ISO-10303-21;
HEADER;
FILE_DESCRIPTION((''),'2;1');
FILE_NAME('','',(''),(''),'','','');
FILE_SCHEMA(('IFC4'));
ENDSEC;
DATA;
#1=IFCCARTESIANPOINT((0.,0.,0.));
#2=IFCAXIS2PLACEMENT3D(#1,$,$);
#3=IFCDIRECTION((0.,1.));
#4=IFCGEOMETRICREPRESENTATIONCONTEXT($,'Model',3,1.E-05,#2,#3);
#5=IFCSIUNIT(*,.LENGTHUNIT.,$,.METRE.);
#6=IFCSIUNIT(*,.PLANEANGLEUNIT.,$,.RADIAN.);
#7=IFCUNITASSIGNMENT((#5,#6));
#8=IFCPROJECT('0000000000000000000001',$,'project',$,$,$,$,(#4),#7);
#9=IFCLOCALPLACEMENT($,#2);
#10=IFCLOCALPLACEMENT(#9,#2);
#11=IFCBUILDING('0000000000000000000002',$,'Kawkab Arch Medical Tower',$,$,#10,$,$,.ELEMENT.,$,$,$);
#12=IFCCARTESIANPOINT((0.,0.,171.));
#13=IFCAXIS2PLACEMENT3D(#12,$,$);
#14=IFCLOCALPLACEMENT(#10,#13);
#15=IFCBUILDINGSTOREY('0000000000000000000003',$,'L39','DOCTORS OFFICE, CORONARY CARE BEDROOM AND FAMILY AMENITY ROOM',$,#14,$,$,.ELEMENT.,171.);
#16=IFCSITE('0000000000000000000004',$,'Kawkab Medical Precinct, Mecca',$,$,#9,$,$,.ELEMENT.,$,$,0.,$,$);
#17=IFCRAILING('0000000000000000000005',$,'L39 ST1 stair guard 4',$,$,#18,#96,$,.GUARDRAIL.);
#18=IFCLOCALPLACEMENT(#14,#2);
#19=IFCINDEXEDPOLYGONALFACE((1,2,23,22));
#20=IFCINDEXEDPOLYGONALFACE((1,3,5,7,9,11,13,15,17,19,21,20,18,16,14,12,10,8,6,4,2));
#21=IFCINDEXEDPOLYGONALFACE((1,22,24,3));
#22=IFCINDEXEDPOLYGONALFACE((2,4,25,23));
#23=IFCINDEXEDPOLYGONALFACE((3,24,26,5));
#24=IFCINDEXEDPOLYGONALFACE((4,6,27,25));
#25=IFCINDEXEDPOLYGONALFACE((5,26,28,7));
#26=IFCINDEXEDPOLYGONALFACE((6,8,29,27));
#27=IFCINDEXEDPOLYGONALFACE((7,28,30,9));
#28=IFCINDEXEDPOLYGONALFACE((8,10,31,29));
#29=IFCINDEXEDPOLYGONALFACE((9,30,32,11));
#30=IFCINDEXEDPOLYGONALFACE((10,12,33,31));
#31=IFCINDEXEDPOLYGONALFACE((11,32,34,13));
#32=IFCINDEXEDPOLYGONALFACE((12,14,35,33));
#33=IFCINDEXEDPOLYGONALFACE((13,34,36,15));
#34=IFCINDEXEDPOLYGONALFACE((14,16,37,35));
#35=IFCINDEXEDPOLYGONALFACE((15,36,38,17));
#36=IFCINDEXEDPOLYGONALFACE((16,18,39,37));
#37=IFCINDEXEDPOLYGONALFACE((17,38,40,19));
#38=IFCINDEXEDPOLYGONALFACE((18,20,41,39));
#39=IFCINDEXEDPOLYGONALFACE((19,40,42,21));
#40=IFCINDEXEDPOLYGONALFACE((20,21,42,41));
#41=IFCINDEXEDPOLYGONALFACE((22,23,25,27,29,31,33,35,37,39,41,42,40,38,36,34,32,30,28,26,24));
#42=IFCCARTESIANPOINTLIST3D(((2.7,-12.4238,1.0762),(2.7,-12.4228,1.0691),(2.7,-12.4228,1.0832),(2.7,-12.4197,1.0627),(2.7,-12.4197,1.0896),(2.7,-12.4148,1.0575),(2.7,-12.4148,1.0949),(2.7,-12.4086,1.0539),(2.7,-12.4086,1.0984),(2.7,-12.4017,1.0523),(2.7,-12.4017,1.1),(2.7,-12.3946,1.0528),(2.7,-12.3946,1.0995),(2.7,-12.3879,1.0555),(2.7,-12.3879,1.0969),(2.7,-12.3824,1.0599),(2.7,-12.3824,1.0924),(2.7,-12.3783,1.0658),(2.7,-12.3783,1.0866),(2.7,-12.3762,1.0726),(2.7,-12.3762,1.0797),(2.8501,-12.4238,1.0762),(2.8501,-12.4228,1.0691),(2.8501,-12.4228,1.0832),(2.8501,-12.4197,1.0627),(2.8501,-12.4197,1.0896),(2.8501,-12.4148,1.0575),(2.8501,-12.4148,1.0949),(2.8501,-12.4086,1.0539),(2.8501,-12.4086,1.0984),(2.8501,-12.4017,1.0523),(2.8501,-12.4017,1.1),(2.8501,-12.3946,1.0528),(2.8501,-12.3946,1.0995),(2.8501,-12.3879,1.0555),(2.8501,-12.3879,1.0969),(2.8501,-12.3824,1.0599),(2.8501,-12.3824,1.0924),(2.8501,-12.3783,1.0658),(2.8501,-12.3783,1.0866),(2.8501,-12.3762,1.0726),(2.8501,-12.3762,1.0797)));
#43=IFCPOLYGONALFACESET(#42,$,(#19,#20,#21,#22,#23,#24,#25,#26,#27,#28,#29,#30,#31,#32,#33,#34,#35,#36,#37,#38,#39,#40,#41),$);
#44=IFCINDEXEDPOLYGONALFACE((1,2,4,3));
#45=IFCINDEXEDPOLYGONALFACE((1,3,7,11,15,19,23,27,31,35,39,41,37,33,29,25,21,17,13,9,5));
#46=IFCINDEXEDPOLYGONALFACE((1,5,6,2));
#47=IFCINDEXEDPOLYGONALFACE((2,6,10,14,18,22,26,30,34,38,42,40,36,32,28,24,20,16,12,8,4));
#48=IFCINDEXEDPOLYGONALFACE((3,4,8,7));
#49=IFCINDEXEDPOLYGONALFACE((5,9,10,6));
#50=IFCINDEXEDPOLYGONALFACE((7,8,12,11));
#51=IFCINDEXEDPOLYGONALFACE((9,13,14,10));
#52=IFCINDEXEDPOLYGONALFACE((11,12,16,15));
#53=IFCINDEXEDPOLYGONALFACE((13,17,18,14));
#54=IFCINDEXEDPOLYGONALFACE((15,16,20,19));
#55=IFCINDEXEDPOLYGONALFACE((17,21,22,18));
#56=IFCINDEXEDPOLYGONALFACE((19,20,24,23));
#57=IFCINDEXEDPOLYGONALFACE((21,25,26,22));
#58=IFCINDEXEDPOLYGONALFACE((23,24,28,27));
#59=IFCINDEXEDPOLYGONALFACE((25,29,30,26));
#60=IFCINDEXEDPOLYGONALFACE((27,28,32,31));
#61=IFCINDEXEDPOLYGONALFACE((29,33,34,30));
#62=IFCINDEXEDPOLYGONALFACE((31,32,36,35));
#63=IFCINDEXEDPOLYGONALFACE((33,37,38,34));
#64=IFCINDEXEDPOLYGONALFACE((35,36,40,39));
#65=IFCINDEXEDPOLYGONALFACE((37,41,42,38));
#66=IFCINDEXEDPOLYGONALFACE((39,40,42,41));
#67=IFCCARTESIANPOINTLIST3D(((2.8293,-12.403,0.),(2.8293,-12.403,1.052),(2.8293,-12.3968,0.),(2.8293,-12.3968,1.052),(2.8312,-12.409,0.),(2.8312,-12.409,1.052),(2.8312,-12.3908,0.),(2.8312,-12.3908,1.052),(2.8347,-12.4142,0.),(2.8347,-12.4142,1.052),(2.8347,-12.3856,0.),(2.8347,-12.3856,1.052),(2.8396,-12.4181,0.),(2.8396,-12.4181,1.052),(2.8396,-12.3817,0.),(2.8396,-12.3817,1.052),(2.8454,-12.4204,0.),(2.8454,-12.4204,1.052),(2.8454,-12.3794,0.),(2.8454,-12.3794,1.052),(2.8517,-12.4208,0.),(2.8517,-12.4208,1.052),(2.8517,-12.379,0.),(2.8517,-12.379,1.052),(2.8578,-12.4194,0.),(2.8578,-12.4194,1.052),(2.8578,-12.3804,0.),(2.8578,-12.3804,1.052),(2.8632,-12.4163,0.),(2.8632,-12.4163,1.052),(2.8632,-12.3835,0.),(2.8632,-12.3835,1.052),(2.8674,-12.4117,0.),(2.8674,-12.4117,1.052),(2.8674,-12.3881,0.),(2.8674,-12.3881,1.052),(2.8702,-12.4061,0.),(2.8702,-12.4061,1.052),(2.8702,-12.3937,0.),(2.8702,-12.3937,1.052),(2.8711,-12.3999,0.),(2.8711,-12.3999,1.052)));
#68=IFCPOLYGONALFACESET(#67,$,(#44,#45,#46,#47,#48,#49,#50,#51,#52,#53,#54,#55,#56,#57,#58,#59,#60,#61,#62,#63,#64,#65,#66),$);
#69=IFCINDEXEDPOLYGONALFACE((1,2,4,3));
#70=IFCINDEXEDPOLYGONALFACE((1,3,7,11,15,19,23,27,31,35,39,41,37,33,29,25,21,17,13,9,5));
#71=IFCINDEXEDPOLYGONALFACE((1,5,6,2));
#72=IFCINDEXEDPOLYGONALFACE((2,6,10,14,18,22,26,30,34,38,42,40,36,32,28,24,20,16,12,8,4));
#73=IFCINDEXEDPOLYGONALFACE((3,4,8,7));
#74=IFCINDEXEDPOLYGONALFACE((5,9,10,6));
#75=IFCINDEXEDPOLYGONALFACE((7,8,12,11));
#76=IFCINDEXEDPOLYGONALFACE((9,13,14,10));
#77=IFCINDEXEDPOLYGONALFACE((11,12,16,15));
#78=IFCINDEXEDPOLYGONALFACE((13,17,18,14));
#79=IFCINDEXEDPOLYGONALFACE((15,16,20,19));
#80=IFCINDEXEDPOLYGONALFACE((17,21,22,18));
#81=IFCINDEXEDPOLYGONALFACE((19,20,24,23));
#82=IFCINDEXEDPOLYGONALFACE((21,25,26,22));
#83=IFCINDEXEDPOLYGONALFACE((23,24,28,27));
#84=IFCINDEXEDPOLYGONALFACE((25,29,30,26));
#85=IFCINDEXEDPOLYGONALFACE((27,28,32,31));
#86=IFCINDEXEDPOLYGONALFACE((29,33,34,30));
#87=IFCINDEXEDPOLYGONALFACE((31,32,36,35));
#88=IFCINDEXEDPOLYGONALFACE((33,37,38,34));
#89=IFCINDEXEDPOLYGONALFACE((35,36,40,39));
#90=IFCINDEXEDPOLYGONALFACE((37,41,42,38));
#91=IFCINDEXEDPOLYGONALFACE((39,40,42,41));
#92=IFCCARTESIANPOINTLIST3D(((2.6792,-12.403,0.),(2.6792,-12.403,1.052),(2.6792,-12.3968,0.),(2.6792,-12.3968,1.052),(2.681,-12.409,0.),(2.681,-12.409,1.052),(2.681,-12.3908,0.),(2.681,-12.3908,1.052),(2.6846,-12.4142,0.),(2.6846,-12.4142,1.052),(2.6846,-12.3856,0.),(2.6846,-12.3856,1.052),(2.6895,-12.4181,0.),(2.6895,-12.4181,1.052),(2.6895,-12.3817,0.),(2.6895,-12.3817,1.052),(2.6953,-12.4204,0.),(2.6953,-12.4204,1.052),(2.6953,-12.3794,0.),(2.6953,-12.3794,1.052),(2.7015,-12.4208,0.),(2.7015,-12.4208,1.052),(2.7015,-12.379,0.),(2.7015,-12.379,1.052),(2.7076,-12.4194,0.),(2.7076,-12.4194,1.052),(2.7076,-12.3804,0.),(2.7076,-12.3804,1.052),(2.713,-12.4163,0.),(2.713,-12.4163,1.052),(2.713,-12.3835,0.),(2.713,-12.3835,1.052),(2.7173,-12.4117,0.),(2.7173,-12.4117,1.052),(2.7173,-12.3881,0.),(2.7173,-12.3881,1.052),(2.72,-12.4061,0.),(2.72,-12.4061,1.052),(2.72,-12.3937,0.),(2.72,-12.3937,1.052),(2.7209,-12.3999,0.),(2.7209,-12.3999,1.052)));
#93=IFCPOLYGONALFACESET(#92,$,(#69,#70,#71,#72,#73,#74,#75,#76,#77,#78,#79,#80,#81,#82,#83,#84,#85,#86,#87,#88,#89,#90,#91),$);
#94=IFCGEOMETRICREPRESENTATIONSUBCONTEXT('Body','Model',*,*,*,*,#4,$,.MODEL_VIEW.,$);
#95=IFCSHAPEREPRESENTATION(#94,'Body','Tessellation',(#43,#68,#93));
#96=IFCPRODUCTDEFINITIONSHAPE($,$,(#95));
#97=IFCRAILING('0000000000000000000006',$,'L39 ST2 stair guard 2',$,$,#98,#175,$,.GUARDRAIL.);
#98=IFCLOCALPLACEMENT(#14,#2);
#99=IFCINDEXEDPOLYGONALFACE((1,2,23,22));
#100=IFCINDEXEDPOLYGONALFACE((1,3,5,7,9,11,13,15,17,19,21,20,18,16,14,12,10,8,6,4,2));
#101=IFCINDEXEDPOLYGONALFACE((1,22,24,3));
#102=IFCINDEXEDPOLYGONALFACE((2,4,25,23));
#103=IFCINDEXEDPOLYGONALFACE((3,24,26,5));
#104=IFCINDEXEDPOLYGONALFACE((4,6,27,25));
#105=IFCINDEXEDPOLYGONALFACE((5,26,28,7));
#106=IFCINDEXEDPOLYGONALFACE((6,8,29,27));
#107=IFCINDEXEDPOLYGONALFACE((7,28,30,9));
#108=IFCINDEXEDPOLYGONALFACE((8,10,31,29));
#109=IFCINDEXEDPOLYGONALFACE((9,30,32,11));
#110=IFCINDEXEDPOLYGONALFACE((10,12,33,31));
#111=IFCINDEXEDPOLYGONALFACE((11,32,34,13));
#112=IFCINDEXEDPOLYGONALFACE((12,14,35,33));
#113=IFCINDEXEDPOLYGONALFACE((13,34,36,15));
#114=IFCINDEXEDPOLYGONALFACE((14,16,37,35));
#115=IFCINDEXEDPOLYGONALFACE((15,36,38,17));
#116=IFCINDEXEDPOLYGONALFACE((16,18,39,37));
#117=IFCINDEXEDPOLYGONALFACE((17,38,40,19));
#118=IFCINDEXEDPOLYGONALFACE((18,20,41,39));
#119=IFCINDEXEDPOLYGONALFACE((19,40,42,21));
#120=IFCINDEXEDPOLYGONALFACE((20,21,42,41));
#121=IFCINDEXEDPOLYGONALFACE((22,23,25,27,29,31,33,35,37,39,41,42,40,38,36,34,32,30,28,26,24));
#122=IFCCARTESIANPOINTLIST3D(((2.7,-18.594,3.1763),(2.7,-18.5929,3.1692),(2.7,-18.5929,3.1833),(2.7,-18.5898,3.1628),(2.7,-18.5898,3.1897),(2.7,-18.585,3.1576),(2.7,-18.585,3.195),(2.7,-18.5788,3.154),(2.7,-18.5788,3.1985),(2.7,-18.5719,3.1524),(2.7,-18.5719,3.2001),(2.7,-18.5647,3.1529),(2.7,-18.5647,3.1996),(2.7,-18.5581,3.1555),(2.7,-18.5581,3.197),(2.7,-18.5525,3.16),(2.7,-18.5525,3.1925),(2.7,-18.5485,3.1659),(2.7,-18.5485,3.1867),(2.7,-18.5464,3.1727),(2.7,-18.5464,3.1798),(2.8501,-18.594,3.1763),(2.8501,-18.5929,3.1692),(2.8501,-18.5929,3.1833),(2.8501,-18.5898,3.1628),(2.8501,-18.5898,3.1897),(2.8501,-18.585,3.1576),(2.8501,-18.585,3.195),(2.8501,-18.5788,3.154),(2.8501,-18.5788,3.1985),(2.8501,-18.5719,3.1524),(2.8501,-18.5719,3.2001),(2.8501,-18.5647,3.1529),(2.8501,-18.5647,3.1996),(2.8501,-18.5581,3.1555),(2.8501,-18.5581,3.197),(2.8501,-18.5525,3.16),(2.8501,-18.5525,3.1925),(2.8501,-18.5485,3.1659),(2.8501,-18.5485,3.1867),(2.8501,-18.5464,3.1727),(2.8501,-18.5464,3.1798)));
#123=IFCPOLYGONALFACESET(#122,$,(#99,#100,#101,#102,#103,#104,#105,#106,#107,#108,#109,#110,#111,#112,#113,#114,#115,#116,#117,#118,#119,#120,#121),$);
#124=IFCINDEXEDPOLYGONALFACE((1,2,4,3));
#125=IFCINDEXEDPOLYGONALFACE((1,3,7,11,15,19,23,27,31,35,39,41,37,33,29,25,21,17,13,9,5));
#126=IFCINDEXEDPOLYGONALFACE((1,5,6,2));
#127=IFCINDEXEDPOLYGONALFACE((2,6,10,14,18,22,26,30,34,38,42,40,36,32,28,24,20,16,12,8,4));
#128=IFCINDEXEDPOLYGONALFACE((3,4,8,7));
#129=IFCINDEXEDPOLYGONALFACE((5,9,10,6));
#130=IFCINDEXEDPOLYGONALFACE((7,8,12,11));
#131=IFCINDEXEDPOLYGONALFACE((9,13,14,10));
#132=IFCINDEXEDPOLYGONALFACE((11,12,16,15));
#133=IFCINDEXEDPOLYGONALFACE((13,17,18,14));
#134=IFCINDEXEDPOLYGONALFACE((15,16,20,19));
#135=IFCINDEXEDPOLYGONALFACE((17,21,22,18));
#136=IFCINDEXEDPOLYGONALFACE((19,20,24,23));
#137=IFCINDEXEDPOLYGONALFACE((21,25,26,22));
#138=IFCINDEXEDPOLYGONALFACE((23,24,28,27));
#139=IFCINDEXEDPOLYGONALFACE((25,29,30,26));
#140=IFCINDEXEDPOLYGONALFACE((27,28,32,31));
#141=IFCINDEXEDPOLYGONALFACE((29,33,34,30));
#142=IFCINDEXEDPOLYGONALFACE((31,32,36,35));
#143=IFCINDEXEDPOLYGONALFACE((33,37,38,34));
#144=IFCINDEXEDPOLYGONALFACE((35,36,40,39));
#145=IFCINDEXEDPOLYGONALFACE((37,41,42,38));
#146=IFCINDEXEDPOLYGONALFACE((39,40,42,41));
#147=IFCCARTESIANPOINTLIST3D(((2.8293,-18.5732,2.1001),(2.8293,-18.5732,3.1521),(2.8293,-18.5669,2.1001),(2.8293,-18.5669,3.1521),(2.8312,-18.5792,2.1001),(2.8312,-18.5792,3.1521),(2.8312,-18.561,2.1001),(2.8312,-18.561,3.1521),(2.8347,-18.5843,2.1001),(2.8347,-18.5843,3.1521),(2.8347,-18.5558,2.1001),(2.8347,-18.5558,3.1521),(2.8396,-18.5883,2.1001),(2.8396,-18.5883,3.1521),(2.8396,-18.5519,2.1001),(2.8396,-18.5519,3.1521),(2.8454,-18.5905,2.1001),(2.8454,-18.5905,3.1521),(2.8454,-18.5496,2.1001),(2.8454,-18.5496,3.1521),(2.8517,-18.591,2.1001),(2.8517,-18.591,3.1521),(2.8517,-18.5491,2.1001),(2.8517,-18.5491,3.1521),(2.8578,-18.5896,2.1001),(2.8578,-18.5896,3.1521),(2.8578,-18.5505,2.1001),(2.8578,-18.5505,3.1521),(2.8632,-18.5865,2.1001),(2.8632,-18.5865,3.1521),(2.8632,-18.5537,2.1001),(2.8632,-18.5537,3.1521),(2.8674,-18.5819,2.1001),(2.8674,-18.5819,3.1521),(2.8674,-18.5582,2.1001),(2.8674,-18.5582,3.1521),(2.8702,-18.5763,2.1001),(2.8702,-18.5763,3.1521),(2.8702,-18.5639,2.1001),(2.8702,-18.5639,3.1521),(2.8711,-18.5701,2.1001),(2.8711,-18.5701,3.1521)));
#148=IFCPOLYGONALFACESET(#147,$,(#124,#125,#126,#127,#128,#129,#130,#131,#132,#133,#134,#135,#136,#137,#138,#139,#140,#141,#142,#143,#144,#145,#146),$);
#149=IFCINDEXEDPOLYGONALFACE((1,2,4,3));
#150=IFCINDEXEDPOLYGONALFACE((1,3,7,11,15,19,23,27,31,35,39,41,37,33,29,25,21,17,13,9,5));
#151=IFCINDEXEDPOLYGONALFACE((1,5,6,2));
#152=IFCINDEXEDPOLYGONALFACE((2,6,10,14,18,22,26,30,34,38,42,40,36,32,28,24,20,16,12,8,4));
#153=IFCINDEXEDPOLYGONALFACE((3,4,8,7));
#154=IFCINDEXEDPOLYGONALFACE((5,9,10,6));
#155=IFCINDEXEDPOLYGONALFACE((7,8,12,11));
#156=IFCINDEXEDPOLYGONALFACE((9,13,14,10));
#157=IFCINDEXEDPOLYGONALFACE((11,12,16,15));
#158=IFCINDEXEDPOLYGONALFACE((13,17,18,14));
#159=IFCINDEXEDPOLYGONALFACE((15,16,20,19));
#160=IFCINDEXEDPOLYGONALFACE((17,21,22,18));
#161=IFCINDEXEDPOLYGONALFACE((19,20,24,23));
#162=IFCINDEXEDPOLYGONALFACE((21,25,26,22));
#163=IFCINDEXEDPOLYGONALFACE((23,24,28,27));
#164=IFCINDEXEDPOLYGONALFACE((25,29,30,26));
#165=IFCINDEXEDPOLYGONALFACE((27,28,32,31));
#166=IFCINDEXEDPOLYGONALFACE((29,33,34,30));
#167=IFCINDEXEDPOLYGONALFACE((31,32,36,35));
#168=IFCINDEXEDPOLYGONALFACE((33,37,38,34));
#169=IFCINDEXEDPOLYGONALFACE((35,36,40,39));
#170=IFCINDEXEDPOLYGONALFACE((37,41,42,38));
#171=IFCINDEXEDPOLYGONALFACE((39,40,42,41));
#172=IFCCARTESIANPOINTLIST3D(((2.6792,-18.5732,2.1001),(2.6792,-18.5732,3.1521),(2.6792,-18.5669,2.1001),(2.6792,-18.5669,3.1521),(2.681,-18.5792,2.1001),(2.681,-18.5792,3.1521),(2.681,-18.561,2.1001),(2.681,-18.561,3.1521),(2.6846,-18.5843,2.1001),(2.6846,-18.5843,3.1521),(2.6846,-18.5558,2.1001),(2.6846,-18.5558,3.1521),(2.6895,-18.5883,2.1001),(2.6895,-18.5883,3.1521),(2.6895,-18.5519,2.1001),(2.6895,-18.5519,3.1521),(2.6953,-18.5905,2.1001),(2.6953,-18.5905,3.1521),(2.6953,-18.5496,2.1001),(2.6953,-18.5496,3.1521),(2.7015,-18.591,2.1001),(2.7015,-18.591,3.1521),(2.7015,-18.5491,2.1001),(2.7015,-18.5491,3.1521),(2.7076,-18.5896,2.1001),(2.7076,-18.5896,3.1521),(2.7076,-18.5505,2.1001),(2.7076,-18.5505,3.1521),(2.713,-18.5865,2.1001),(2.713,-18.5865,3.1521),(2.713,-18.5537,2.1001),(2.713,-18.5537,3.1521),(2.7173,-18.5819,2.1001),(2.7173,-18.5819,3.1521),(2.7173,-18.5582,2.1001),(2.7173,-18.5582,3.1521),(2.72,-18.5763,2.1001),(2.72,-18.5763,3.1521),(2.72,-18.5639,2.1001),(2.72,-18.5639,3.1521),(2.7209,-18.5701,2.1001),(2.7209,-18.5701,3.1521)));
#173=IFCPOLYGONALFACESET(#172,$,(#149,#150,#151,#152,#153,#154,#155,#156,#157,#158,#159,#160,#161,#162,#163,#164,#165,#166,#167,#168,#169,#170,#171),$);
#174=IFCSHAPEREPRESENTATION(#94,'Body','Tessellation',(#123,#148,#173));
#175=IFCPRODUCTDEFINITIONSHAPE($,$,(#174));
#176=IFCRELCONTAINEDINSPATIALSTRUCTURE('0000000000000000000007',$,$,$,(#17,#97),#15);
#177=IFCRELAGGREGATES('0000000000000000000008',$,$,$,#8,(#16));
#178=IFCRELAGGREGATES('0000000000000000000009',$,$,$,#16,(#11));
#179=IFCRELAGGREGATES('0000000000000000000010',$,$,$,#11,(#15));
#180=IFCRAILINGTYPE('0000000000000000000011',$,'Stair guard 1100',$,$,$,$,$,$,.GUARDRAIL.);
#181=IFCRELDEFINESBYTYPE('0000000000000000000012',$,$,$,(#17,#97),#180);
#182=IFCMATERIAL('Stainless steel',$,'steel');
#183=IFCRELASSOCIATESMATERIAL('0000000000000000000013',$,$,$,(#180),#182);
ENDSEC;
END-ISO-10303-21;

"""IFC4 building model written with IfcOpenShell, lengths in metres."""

from ifc_helpers import new_model, si_unit, direction, frame, origin, origin_2d, place, context, subcontext, project, spatial, circle, extrude, material, type_object, element, save


model = new_model("IFC4")

# Units and contexts
model_context = context("Model", 3, precision=1e-05, world=origin(), true_north=direction((0.0, 1.0)))
body_context = subcontext(model_context, "Body", "Model", "MODEL_VIEW")
ifc_project = project(units=[si_unit("LENGTHUNIT", "METRE"), si_unit("PLANEANGLEUNIT", "RADIAN")], contexts=[model_context])

# Site, building, storey
site_placement = place(None, origin())
site = spatial("IfcSite", under=ifc_project, at=site_placement, Name="Kawkab Medical Precinct, Mecca", CompositionType="ELEMENT", RefElevation=0.0)
building_placement = place(site_placement, origin())
building = spatial("IfcBuilding", under=site, at=building_placement, Name="Kawkab Arch Medical Tower", CompositionType="ELEMENT")
storey_placement = place(building_placement, frame((0.0, 0.0, 171.0)))
storey = spatial("IfcBuildingStorey", under=building, at=storey_placement, Name="L39", Description="DOCTORS OFFICE, CORONARY CARE BEDROOM AND FAMILY AMENITY ROOM", CompositionType="ELEMENT", Elevation=171.0)

# Railings
ifc_material_1 = material(Name="Stainless steel", Category="steel")
railing_type = type_object("IfcRailingType", Name="Stair guard 1100", PredefinedType="GUARDRAIL", material=ifc_material_1)
for number, where, name in (
    (1, (2.8501, -12.3999, 0.0), "L39 ST1 stair guard 4"),
    (2, (2.8501, -18.5701, 2.1001), "L39 ST2 stair guard 2"),
):
    element("IfcRailing", number, at=place(storey_placement, frame(where)), inside=storey, type_object=railing_type, Name=name, PredefinedType="GUARDRAIL", context=body_context, shape_type="SweptSolid", body=[
        extrude(circle(Radius=0.0239, at=origin_2d()), frame((0.0, 0.0, 1.0762), z_axis=(-1.0, 0.0, 0.0), x_axis=(0.0, -1.0, 0.0)), (0.0, 0.0, 1.0), 0.1501),
        extrude(circle(Radius=0.021, at=origin_2d()), origin(), (0.0, 0.0, 1.0), 1.052),
        extrude(circle(Radius=0.021, at=origin_2d()), frame((-0.1501, 0.0, 0.0)), (0.0, 0.0, 1.0), 1.052),
    ])

save(model, "model.ifc")
